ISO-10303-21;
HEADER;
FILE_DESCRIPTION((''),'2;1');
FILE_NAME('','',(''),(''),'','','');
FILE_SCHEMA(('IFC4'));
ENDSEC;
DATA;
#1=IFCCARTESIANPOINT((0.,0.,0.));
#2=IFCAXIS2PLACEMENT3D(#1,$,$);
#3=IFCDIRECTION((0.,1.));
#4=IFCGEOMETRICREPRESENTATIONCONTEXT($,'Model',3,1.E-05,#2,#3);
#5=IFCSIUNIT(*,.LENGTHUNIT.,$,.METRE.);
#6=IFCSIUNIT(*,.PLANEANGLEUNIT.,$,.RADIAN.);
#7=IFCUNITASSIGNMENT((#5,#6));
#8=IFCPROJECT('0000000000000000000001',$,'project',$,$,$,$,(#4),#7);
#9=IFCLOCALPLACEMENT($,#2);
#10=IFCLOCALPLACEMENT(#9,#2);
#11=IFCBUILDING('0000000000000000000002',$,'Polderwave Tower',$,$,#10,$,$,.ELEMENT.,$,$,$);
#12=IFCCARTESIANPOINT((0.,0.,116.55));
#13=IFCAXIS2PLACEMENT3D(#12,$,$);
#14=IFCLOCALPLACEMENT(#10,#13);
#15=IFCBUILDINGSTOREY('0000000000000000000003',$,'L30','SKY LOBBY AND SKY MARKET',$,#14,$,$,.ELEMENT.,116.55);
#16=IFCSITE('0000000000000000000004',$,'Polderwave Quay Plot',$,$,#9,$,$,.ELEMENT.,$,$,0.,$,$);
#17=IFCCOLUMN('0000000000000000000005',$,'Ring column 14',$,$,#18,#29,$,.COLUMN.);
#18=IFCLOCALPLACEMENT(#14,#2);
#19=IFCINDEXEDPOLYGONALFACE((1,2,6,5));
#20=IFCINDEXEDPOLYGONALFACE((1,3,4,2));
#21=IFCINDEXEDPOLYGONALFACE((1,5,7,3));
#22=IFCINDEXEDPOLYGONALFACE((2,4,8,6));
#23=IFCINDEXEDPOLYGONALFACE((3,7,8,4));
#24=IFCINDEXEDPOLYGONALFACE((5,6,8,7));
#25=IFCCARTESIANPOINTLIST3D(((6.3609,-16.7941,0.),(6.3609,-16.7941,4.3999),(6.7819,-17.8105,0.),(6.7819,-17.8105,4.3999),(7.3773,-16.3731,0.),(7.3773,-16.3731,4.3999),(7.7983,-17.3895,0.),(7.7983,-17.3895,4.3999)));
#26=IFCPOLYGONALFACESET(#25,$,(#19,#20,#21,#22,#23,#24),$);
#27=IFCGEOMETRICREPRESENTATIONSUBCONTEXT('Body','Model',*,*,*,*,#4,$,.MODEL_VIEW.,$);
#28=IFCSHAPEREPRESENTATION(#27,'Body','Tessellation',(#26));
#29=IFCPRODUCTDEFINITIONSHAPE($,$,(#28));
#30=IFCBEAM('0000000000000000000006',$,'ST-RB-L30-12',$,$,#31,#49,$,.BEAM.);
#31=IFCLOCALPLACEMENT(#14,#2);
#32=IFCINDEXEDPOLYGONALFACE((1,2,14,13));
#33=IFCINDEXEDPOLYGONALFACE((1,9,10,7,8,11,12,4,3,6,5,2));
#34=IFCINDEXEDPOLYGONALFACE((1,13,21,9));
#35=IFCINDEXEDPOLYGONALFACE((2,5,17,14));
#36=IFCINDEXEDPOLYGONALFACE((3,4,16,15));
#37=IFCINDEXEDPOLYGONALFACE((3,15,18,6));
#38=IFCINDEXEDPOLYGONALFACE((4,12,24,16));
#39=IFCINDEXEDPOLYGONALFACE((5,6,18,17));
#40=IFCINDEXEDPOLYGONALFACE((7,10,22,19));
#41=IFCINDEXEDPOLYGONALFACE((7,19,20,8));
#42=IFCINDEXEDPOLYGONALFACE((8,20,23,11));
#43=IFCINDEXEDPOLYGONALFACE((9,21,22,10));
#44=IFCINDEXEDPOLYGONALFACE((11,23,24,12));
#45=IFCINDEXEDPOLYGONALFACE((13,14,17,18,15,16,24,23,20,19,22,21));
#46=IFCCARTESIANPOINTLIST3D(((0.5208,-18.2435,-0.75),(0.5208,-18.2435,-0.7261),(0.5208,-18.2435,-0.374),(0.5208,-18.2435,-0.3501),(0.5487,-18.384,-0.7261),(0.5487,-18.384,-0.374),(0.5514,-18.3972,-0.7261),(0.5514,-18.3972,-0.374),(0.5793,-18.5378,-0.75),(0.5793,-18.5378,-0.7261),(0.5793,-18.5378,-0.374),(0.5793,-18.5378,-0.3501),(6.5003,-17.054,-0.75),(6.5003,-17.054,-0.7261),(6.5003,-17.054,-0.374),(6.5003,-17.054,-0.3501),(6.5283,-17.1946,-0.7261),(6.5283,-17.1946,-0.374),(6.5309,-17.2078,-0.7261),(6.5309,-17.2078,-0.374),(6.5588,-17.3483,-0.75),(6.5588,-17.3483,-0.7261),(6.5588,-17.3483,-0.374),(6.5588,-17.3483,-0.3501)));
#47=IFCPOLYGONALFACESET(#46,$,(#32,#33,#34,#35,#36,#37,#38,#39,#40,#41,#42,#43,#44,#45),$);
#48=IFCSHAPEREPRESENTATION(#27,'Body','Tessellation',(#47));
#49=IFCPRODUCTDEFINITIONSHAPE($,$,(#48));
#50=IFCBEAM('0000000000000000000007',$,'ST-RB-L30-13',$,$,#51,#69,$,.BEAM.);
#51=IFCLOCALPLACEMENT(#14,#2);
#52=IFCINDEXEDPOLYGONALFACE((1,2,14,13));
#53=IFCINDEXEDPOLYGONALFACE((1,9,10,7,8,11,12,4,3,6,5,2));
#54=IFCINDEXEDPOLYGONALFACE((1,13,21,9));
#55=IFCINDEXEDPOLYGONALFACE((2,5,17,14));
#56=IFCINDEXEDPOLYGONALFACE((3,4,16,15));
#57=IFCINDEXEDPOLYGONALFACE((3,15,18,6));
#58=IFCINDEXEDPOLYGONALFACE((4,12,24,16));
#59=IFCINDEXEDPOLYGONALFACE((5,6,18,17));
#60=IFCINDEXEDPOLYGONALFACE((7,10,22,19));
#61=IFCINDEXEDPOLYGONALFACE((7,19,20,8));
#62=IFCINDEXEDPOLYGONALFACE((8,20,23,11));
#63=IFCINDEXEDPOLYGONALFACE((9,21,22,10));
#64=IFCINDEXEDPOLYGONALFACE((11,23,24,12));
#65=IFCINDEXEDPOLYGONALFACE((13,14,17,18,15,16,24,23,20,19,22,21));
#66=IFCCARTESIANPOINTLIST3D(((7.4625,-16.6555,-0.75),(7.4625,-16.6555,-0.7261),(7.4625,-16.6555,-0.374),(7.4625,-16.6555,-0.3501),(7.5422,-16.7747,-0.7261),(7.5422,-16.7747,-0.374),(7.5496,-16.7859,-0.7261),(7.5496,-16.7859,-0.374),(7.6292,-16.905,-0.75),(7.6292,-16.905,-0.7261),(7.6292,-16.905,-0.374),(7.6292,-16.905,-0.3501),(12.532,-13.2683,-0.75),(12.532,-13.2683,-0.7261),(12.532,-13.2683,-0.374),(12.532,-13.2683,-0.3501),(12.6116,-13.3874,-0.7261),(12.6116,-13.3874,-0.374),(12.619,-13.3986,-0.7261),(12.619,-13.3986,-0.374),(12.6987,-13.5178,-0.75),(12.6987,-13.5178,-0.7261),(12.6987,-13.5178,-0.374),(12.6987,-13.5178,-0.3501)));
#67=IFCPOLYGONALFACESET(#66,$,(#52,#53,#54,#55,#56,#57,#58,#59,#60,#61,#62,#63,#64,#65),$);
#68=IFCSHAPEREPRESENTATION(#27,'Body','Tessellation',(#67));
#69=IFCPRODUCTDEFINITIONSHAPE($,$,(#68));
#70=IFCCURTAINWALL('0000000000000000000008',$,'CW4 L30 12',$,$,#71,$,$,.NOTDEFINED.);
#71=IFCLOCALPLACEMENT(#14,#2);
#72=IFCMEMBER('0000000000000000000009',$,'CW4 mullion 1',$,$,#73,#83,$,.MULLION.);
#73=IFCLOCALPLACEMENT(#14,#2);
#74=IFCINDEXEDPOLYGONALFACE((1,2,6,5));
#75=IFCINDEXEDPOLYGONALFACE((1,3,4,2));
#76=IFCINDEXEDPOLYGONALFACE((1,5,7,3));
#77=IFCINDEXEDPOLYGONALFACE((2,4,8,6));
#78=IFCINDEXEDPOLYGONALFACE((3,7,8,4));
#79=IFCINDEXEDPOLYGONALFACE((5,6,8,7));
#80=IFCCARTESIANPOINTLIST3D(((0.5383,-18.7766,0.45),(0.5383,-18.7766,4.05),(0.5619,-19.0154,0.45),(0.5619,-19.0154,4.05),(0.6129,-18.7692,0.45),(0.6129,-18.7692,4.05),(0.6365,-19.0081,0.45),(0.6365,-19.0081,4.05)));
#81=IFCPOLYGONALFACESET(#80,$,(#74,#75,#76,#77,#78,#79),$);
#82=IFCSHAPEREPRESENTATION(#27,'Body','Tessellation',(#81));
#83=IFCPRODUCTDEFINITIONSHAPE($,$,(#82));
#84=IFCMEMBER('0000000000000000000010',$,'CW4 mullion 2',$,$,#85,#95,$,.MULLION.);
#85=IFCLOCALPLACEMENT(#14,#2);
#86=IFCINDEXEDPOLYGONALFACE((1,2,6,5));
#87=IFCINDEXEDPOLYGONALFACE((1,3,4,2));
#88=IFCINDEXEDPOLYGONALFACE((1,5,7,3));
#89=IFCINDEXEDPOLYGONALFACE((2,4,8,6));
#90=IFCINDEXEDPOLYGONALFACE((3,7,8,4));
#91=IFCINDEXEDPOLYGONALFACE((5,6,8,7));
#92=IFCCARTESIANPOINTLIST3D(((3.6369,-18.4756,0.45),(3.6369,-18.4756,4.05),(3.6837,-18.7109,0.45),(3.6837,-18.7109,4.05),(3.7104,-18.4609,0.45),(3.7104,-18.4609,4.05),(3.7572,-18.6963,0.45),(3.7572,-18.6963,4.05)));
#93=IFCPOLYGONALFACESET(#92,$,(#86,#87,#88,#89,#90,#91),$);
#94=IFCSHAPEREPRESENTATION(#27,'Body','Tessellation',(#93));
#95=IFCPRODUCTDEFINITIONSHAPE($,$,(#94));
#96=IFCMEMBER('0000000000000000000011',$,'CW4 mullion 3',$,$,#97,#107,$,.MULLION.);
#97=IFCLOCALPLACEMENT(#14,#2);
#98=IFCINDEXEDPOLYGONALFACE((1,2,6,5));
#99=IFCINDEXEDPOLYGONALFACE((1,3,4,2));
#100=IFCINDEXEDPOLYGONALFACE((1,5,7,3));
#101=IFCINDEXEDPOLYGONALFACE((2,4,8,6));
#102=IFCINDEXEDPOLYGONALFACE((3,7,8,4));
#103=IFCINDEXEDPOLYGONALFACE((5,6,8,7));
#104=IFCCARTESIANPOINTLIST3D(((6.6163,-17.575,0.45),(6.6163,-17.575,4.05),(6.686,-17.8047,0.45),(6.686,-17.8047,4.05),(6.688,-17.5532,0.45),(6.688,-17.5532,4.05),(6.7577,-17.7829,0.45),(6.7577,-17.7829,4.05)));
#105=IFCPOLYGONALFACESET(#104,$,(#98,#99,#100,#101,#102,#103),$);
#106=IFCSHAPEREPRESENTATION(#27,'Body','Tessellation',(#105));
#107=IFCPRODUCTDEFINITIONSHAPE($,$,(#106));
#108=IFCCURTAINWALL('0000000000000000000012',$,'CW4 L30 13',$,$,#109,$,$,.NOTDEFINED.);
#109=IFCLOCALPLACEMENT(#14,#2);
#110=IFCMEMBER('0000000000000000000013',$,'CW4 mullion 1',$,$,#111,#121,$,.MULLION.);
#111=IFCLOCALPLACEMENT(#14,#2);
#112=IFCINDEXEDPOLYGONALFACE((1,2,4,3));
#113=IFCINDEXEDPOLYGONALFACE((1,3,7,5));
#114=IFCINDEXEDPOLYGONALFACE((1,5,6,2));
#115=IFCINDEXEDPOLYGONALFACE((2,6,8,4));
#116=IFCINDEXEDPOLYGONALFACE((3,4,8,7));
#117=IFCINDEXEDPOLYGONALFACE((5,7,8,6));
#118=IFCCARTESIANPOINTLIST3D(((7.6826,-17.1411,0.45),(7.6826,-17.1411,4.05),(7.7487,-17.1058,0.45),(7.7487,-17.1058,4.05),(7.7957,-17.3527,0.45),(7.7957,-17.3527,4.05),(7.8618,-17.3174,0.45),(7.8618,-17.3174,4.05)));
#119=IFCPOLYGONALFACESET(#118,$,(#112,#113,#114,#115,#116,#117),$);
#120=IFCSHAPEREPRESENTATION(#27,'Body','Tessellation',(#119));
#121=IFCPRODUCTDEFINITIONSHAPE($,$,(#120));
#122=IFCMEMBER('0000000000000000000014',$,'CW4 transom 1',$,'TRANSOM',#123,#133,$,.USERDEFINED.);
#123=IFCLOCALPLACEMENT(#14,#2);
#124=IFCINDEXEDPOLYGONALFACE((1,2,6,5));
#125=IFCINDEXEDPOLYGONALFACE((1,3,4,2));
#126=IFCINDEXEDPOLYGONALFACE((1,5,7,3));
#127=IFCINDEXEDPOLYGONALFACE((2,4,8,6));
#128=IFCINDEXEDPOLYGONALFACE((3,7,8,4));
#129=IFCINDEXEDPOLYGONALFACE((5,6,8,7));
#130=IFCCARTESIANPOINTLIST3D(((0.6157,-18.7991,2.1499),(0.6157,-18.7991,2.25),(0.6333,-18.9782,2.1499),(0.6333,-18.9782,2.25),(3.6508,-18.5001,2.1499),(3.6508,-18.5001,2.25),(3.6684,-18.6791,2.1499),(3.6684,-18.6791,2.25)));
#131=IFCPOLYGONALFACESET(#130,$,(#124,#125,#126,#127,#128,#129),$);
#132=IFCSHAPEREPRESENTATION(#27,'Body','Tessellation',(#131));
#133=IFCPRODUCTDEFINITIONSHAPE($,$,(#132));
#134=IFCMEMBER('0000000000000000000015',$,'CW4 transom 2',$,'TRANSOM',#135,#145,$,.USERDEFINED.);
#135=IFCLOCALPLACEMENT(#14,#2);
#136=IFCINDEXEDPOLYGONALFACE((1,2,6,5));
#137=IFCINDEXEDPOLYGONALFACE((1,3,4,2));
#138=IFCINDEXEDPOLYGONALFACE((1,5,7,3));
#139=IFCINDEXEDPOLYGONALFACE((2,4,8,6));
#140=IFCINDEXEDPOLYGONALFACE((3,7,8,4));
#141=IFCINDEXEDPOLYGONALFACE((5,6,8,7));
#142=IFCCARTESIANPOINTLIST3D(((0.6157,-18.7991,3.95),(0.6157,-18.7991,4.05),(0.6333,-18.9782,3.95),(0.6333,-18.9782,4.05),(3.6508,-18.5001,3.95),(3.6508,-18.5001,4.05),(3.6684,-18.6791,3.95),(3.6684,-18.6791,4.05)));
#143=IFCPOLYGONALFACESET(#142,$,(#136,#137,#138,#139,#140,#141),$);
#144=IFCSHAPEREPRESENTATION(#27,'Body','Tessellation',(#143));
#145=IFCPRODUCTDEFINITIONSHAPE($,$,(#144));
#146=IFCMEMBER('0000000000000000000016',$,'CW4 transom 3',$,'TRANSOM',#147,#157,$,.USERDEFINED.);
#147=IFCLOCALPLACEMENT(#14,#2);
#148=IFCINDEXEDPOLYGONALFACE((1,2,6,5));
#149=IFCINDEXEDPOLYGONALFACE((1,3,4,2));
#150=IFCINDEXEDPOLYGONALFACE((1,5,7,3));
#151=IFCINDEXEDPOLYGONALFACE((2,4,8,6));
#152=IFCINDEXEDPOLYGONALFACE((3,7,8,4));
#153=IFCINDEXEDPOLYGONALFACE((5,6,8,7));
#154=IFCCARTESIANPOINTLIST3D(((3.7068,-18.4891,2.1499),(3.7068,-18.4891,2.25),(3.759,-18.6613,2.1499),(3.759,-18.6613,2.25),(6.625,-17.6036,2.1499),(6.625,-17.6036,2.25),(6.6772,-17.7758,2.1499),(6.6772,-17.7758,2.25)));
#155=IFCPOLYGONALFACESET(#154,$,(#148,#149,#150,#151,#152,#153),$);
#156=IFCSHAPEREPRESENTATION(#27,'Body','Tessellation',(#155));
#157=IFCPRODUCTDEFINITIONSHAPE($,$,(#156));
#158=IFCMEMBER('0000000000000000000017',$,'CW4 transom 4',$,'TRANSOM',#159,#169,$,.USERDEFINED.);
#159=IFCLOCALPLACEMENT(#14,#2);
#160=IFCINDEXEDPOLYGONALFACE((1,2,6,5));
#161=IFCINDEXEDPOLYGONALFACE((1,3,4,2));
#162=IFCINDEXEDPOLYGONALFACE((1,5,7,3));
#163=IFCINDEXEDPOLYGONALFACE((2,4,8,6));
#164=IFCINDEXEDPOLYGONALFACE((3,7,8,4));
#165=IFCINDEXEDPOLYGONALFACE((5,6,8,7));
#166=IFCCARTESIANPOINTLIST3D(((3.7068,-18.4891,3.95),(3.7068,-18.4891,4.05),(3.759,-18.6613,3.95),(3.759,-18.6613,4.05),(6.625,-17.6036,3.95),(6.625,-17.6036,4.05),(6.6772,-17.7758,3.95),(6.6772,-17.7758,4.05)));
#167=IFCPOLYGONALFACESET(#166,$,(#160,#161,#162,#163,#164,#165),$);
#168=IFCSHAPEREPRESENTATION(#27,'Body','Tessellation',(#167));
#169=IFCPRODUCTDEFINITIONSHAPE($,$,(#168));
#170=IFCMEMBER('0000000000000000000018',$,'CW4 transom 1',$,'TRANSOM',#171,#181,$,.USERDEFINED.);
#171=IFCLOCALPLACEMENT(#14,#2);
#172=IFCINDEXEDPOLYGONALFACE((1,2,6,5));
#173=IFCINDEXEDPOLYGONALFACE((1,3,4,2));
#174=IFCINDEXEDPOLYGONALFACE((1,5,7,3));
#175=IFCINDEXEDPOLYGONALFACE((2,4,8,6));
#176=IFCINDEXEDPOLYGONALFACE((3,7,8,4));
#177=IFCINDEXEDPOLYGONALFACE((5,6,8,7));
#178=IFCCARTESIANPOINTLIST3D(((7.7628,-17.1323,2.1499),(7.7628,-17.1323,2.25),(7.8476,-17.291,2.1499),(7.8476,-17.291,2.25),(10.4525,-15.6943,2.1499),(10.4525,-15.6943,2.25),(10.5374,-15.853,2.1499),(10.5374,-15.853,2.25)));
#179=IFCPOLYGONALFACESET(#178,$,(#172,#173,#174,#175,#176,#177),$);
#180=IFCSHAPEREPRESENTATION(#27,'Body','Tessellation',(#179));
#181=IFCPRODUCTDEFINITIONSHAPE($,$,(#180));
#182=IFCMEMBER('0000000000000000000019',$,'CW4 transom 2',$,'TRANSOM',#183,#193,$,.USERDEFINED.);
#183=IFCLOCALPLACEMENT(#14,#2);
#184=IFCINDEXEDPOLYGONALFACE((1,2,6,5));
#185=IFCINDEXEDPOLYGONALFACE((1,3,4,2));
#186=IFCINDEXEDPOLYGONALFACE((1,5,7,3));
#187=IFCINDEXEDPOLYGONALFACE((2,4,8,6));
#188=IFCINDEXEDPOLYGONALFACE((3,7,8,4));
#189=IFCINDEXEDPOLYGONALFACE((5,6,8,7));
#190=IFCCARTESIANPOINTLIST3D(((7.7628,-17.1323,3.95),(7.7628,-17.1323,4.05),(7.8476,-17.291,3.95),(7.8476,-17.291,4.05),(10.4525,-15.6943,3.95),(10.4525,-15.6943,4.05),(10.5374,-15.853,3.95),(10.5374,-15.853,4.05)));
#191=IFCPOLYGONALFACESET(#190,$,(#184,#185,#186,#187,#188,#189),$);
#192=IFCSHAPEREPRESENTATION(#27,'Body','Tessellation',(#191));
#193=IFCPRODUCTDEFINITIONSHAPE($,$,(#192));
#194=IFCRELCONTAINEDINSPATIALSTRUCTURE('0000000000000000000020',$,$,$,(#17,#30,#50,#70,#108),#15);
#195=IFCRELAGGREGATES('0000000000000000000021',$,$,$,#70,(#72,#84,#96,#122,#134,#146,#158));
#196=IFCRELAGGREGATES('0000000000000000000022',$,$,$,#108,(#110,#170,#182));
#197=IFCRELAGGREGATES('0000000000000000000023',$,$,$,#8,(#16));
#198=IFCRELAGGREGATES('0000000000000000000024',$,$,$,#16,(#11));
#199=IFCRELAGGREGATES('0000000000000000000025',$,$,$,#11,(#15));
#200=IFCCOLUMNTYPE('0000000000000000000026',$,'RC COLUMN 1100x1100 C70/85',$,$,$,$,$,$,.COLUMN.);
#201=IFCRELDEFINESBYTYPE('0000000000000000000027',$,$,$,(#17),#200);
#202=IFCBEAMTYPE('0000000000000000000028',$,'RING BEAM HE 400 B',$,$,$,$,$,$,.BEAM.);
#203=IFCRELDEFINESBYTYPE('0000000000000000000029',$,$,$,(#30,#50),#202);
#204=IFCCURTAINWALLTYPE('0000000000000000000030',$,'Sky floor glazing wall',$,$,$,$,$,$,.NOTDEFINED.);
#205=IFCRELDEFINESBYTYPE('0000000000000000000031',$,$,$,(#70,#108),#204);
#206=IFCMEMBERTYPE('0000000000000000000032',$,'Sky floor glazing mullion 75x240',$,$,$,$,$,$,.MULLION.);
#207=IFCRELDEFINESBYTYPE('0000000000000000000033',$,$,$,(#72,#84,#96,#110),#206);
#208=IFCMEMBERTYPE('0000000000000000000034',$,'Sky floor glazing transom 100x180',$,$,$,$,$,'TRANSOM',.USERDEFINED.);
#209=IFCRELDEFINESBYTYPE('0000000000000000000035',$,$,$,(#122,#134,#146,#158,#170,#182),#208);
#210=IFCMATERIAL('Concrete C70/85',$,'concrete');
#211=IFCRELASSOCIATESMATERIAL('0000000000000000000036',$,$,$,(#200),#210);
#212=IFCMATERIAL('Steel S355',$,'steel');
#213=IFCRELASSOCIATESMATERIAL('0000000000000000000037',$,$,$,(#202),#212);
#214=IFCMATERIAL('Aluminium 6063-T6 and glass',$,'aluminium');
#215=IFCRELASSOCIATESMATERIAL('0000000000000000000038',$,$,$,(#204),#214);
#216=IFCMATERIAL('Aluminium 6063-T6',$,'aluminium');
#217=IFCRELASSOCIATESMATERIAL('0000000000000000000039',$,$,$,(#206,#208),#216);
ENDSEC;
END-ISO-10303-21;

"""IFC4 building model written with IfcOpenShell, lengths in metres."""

from ifc_helpers import new_model, si_unit, direction, frame, origin, origin_2d, place, context, subcontext, project, spatial, rectangle, i_section, extrude, material, material_profile, profile_set, type_object, element, aggregate, save


model = new_model("IFC4")

# Units and contexts
model_context = context("Model", 3, precision=1e-05, world=origin(), true_north=direction((0.0, 1.0)))
body_context = subcontext(model_context, "Body", "Model", "MODEL_VIEW")
ifc_project = project(units=[si_unit("LENGTHUNIT", "METRE"), si_unit("PLANEANGLEUNIT", "RADIAN")], contexts=[model_context])

# Site, building, storey
site_placement = place(None, origin())
site = spatial("IfcSite", under=ifc_project, at=site_placement, Name="Polderwave Quay Plot", CompositionType="ELEMENT", RefElevation=0.0)
building_placement = place(site_placement, origin())
building = spatial("IfcBuilding", under=site, at=building_placement, Name="Polderwave Tower", CompositionType="ELEMENT")
storey_placement = place(building_placement, frame((0.0, 0.0, 116.55)))
storey = spatial("IfcBuildingStorey", under=building, at=storey_placement, Name="L30", Description="SKY LOBBY AND SKY MARKET", CompositionType="ELEMENT", Elevation=116.55)

# Column
ifc_material_1 = material(Name="Concrete C70/85", Category="concrete")
ifc_material_profile_1 = material_profile(ifc_material_1, rectangle(XDim=1.1001, YDim=1.1001, at=origin_2d()), Name="RC 1100x1100")
ifc_profile_set_1 = profile_set([ifc_material_profile_1], Name="Concrete C70/85")
column_type = type_object("IfcColumnType", Name="RC COLUMN 1100x1100 C70/85", PredefinedType="COLUMN", material=ifc_profile_set_1)
column_placement = place(storey_placement, frame((7.0796, -17.0918, 0.0), z_axis=(0.0, 0.0, 1.0), x_axis=(0.382683, -0.92388, 0.0)))
element("IfcColumn", 1, at=column_placement, inside=storey, type_object=column_type, Name="Ring column 14", PredefinedType="COLUMN", context=body_context, shape_type="SweptSolid", body=[
    extrude(rectangle(XDim=1.1001, YDim=1.1001, at=origin_2d()), origin(), (0.0, 0.0, 1.0), 4.3999),
])

# Beams
ifc_material_2 = material(Name="Steel S355", Category="steel")
ifc_material_profile_2 = material_profile(ifc_material_2, i_section(OverallWidth=0.3, OverallDepth=0.3999, WebThickness=0.0134, FlangeThickness=0.0239, at=origin_2d()), Name="HE 400 B")
ifc_profile_set_2 = profile_set([ifc_material_profile_2], Name="Steel S355")
beam_type = type_object("IfcBeamType", Name="RING BEAM HE 400 B", PredefinedType="BEAM", material=ifc_profile_set_2)
beam_1_placement = place(storey_placement, frame((0.55, -18.3906, -0.55), z_axis=(0.980783, 0.1951, 0.0), x_axis=(-0.1951, 0.980783, 0.0)))
element("IfcBeam", 2, at=beam_1_placement, inside=storey, type_object=beam_type, Name="ST-RB-L30-12", PredefinedType="BEAM", context=body_context, shape_type="SweptSolid", body=[
    extrude(i_section(OverallWidth=0.3, OverallDepth=0.3999, WebThickness=0.0134, FlangeThickness=0.0239, at=origin_2d()), origin(), (0.0, 0.0, 1.0), 6.0967),
])
beam_2_placement = place(storey_placement, frame((7.5459, -16.7803, -0.55), z_axis=(0.831471, 0.555569, 0.0), x_axis=(-0.555569, 0.831471, 0.0)))
element("IfcBeam", 3, at=beam_2_placement, inside=storey, type_object=beam_type, Name="ST-RB-L30-13", PredefinedType="BEAM", context=body_context, shape_type="SweptSolid", body=[
    extrude(i_section(OverallWidth=0.3, OverallDepth=0.3999, WebThickness=0.0134, FlangeThickness=0.0239, at=origin_2d()), origin(), (0.0, 0.0, 1.0), 6.0969),
])

# Curtain wall, members
ifc_material_3 = material(Name="Aluminium 6063-T6 and glass", Category="aluminium")
curtain_wall_type = type_object("IfcCurtainWallType", Name="Sky floor glazing wall", PredefinedType="NOTDEFINED", material=ifc_material_3)
curtain_wall_1_placement = place(storey_placement, origin())
curtain_wall_1 = element("IfcCurtainWall", 4, at=curtain_wall_1_placement, inside=storey, type_object=curtain_wall_type, Name="CW4 L30 12", PredefinedType="NOTDEFINED")
ifc_material_4 = material(Name="Aluminium 6063-T6", Category="aluminium")
ifc_material_profile_3 = material_profile(ifc_material_4, rectangle(XDim=0.24, YDim=0.075, at=origin_2d()), Name="AL 75x240")
ifc_profile_set_3 = profile_set([ifc_material_profile_3], Name="Aluminium 6063-T6")
member_type_1 = type_object("IfcMemberType", Name="Sky floor glazing mullion 75x240", PredefinedType="MULLION", material=ifc_profile_set_3)
member_1_placement = place(storey_placement, frame((0.5874, -18.8923, 0.45), z_axis=(0.0, 0.0, 1.0), x_axis=(-0.098033, 0.995183, 0.0)))
member_1 = element("IfcMember", 5, at=member_1_placement, type_object=member_type_1, Name="CW4 mullion 1", PredefinedType="MULLION", context=body_context, shape_type="SweptSolid", body=[
    extrude(rectangle(XDim=0.24, YDim=0.075, at=origin_2d()), origin(), (0.0, 0.0, 1.0), 3.6001),
])
member_2_placement = place(storey_placement, frame((3.697, -18.5859, 0.45), z_axis=(0.0, 0.0, 1.0), x_axis=(-0.195109, 0.980782, 0.0)))
member_2 = element("IfcMember", 6, at=member_2_placement, type_object=member_type_1, Name="CW4 mullion 2", PredefinedType="MULLION", context=body_context, shape_type="SweptSolid", body=[
    extrude(rectangle(XDim=0.24, YDim=0.075, at=origin_2d()), origin(), (0.0, 0.0, 1.0), 3.6001),
])
member_3_placement = place(storey_placement, frame((6.687, -17.679, 0.45), z_axis=(0.0, 0.0, 1.0), x_axis=(-0.290306, 0.956934, 0.0)))
member_3 = element("IfcMember", 7, at=member_3_placement, type_object=member_type_1, Name="CW4 mullion 3", PredefinedType="MULLION", context=body_context, shape_type="SweptSolid", body=[
    extrude(rectangle(XDim=0.24, YDim=0.075, at=origin_2d()), origin(), (0.0, 0.0, 1.0), 3.6001),
])

# Curtain wall, member
curtain_wall_2_placement = place(storey_placement, origin())
curtain_wall_2 = element("IfcCurtainWall", 8, at=curtain_wall_2_placement, inside=storey, type_object=curtain_wall_type, Name="CW4 L30 13", PredefinedType="NOTDEFINED")
member_4_placement = place(storey_placement, frame((7.7722, -17.2292, 0.45), z_axis=(0.0, 0.0, 1.0), x_axis=(-0.471458, 0.881888, 0.0)))
member_4 = element("IfcMember", 9, at=member_4_placement, type_object=member_type_1, Name="CW4 mullion 1", PredefinedType="MULLION", context=body_context, shape_type="SweptSolid", body=[
    extrude(rectangle(XDim=0.24, YDim=0.075, at=origin_2d()), origin(), (0.0, 0.0, 1.0), 3.6001),
])

# Members
ifc_material_profile_4 = material_profile(ifc_material_4, rectangle(XDim=0.1799, YDim=0.1001, at=origin_2d()), Name="AL 100x180")
ifc_profile_set_4 = profile_set([ifc_material_profile_4], Name="Aluminium 6063-T6")
member_type_2 = type_object("IfcMemberType", Name="Sky floor glazing transom 100x180", ElementType="TRANSOM", PredefinedType="USERDEFINED", material=ifc_profile_set_4)
member_5_placement = place(storey_placement, frame((0.6245, -18.8887, 2.2), z_axis=(0.99518, 0.098061, 0.0), x_axis=(-0.098061, 0.99518, 0.0)))
member_5 = element("IfcMember", 10, at=member_5_placement, type_object=member_type_2, Name="CW4 transom 1", ObjectType="TRANSOM", PredefinedType="USERDEFINED", context=body_context, shape_type="SweptSolid", body=[
    extrude(rectangle(XDim=0.1799, YDim=0.1001, at=origin_2d()), origin(), (0.0, 0.0, 1.0), 3.0498),
])
member_6_placement = place(storey_placement, frame((0.6245, -18.8887, 4.0), z_axis=(0.99518, 0.098061, 0.0), x_axis=(-0.098061, 0.99518, 0.0)))
member_6 = element("IfcMember", 11, at=member_6_placement, type_object=member_type_2, Name="CW4 transom 2", ObjectType="TRANSOM", PredefinedType="USERDEFINED", context=body_context, shape_type="SweptSolid", body=[
    extrude(rectangle(XDim=0.1799, YDim=0.1001, at=origin_2d()), origin(), (0.0, 0.0, 1.0), 3.0498),
])
member_7_placement = place(storey_placement, frame((3.7329, -18.5752, 2.2), z_axis=(0.956916, 0.290365, 0.0), x_axis=(-0.290365, 0.956916, 0.0)))
member_7 = element("IfcMember", 12, at=member_7_placement, type_object=member_type_2, Name="CW4 transom 3", ObjectType="TRANSOM", PredefinedType="USERDEFINED", context=body_context, shape_type="SweptSolid", body=[
    extrude(rectangle(XDim=0.1799, YDim=0.1001, at=origin_2d()), origin(), (0.0, 0.0, 1.0), 3.0496),
])
member_8_placement = place(storey_placement, frame((3.7329, -18.5752, 4.0), z_axis=(0.956916, 0.290365, 0.0), x_axis=(-0.290365, 0.956916, 0.0)))
member_8 = element("IfcMember", 13, at=member_8_placement, type_object=member_type_2, Name="CW4 transom 4", ObjectType="TRANSOM", PredefinedType="USERDEFINED", context=body_context, shape_type="SweptSolid", body=[
    extrude(rectangle(XDim=0.1799, YDim=0.1001, at=origin_2d()), origin(), (0.0, 0.0, 1.0), 3.0496),
])
member_9_placement = place(storey_placement, frame((7.8052, -17.2117, 2.2), z_axis=(0.881878, 0.471477, 0.0), x_axis=(-0.471477, 0.881878, 0.0)))
member_9 = element("IfcMember", 14, at=member_9_placement, type_object=member_type_2, Name="CW4 transom 1", ObjectType="TRANSOM", PredefinedType="USERDEFINED", context=body_context, shape_type="SweptSolid", body=[
    extrude(rectangle(XDim=0.1799, YDim=0.1001, at=origin_2d()), origin(), (0.0, 0.0, 1.0), 3.05),
])
member_10_placement = place(storey_placement, frame((7.8052, -17.2117, 4.0), z_axis=(0.881878, 0.471477, 0.0), x_axis=(-0.471477, 0.881878, 0.0)))
member_10 = element("IfcMember", 15, at=member_10_placement, type_object=member_type_2, Name="CW4 transom 2", ObjectType="TRANSOM", PredefinedType="USERDEFINED", context=body_context, shape_type="SweptSolid", body=[
    extrude(rectangle(XDim=0.1799, YDim=0.1001, at=origin_2d()), origin(), (0.0, 0.0, 1.0), 3.05),
])

aggregate(curtain_wall_1, [member_1, member_2, member_3, member_5, member_6, member_7, member_8])
aggregate(curtain_wall_2, [member_4, member_9, member_10])

save(model, "model.ifc")
